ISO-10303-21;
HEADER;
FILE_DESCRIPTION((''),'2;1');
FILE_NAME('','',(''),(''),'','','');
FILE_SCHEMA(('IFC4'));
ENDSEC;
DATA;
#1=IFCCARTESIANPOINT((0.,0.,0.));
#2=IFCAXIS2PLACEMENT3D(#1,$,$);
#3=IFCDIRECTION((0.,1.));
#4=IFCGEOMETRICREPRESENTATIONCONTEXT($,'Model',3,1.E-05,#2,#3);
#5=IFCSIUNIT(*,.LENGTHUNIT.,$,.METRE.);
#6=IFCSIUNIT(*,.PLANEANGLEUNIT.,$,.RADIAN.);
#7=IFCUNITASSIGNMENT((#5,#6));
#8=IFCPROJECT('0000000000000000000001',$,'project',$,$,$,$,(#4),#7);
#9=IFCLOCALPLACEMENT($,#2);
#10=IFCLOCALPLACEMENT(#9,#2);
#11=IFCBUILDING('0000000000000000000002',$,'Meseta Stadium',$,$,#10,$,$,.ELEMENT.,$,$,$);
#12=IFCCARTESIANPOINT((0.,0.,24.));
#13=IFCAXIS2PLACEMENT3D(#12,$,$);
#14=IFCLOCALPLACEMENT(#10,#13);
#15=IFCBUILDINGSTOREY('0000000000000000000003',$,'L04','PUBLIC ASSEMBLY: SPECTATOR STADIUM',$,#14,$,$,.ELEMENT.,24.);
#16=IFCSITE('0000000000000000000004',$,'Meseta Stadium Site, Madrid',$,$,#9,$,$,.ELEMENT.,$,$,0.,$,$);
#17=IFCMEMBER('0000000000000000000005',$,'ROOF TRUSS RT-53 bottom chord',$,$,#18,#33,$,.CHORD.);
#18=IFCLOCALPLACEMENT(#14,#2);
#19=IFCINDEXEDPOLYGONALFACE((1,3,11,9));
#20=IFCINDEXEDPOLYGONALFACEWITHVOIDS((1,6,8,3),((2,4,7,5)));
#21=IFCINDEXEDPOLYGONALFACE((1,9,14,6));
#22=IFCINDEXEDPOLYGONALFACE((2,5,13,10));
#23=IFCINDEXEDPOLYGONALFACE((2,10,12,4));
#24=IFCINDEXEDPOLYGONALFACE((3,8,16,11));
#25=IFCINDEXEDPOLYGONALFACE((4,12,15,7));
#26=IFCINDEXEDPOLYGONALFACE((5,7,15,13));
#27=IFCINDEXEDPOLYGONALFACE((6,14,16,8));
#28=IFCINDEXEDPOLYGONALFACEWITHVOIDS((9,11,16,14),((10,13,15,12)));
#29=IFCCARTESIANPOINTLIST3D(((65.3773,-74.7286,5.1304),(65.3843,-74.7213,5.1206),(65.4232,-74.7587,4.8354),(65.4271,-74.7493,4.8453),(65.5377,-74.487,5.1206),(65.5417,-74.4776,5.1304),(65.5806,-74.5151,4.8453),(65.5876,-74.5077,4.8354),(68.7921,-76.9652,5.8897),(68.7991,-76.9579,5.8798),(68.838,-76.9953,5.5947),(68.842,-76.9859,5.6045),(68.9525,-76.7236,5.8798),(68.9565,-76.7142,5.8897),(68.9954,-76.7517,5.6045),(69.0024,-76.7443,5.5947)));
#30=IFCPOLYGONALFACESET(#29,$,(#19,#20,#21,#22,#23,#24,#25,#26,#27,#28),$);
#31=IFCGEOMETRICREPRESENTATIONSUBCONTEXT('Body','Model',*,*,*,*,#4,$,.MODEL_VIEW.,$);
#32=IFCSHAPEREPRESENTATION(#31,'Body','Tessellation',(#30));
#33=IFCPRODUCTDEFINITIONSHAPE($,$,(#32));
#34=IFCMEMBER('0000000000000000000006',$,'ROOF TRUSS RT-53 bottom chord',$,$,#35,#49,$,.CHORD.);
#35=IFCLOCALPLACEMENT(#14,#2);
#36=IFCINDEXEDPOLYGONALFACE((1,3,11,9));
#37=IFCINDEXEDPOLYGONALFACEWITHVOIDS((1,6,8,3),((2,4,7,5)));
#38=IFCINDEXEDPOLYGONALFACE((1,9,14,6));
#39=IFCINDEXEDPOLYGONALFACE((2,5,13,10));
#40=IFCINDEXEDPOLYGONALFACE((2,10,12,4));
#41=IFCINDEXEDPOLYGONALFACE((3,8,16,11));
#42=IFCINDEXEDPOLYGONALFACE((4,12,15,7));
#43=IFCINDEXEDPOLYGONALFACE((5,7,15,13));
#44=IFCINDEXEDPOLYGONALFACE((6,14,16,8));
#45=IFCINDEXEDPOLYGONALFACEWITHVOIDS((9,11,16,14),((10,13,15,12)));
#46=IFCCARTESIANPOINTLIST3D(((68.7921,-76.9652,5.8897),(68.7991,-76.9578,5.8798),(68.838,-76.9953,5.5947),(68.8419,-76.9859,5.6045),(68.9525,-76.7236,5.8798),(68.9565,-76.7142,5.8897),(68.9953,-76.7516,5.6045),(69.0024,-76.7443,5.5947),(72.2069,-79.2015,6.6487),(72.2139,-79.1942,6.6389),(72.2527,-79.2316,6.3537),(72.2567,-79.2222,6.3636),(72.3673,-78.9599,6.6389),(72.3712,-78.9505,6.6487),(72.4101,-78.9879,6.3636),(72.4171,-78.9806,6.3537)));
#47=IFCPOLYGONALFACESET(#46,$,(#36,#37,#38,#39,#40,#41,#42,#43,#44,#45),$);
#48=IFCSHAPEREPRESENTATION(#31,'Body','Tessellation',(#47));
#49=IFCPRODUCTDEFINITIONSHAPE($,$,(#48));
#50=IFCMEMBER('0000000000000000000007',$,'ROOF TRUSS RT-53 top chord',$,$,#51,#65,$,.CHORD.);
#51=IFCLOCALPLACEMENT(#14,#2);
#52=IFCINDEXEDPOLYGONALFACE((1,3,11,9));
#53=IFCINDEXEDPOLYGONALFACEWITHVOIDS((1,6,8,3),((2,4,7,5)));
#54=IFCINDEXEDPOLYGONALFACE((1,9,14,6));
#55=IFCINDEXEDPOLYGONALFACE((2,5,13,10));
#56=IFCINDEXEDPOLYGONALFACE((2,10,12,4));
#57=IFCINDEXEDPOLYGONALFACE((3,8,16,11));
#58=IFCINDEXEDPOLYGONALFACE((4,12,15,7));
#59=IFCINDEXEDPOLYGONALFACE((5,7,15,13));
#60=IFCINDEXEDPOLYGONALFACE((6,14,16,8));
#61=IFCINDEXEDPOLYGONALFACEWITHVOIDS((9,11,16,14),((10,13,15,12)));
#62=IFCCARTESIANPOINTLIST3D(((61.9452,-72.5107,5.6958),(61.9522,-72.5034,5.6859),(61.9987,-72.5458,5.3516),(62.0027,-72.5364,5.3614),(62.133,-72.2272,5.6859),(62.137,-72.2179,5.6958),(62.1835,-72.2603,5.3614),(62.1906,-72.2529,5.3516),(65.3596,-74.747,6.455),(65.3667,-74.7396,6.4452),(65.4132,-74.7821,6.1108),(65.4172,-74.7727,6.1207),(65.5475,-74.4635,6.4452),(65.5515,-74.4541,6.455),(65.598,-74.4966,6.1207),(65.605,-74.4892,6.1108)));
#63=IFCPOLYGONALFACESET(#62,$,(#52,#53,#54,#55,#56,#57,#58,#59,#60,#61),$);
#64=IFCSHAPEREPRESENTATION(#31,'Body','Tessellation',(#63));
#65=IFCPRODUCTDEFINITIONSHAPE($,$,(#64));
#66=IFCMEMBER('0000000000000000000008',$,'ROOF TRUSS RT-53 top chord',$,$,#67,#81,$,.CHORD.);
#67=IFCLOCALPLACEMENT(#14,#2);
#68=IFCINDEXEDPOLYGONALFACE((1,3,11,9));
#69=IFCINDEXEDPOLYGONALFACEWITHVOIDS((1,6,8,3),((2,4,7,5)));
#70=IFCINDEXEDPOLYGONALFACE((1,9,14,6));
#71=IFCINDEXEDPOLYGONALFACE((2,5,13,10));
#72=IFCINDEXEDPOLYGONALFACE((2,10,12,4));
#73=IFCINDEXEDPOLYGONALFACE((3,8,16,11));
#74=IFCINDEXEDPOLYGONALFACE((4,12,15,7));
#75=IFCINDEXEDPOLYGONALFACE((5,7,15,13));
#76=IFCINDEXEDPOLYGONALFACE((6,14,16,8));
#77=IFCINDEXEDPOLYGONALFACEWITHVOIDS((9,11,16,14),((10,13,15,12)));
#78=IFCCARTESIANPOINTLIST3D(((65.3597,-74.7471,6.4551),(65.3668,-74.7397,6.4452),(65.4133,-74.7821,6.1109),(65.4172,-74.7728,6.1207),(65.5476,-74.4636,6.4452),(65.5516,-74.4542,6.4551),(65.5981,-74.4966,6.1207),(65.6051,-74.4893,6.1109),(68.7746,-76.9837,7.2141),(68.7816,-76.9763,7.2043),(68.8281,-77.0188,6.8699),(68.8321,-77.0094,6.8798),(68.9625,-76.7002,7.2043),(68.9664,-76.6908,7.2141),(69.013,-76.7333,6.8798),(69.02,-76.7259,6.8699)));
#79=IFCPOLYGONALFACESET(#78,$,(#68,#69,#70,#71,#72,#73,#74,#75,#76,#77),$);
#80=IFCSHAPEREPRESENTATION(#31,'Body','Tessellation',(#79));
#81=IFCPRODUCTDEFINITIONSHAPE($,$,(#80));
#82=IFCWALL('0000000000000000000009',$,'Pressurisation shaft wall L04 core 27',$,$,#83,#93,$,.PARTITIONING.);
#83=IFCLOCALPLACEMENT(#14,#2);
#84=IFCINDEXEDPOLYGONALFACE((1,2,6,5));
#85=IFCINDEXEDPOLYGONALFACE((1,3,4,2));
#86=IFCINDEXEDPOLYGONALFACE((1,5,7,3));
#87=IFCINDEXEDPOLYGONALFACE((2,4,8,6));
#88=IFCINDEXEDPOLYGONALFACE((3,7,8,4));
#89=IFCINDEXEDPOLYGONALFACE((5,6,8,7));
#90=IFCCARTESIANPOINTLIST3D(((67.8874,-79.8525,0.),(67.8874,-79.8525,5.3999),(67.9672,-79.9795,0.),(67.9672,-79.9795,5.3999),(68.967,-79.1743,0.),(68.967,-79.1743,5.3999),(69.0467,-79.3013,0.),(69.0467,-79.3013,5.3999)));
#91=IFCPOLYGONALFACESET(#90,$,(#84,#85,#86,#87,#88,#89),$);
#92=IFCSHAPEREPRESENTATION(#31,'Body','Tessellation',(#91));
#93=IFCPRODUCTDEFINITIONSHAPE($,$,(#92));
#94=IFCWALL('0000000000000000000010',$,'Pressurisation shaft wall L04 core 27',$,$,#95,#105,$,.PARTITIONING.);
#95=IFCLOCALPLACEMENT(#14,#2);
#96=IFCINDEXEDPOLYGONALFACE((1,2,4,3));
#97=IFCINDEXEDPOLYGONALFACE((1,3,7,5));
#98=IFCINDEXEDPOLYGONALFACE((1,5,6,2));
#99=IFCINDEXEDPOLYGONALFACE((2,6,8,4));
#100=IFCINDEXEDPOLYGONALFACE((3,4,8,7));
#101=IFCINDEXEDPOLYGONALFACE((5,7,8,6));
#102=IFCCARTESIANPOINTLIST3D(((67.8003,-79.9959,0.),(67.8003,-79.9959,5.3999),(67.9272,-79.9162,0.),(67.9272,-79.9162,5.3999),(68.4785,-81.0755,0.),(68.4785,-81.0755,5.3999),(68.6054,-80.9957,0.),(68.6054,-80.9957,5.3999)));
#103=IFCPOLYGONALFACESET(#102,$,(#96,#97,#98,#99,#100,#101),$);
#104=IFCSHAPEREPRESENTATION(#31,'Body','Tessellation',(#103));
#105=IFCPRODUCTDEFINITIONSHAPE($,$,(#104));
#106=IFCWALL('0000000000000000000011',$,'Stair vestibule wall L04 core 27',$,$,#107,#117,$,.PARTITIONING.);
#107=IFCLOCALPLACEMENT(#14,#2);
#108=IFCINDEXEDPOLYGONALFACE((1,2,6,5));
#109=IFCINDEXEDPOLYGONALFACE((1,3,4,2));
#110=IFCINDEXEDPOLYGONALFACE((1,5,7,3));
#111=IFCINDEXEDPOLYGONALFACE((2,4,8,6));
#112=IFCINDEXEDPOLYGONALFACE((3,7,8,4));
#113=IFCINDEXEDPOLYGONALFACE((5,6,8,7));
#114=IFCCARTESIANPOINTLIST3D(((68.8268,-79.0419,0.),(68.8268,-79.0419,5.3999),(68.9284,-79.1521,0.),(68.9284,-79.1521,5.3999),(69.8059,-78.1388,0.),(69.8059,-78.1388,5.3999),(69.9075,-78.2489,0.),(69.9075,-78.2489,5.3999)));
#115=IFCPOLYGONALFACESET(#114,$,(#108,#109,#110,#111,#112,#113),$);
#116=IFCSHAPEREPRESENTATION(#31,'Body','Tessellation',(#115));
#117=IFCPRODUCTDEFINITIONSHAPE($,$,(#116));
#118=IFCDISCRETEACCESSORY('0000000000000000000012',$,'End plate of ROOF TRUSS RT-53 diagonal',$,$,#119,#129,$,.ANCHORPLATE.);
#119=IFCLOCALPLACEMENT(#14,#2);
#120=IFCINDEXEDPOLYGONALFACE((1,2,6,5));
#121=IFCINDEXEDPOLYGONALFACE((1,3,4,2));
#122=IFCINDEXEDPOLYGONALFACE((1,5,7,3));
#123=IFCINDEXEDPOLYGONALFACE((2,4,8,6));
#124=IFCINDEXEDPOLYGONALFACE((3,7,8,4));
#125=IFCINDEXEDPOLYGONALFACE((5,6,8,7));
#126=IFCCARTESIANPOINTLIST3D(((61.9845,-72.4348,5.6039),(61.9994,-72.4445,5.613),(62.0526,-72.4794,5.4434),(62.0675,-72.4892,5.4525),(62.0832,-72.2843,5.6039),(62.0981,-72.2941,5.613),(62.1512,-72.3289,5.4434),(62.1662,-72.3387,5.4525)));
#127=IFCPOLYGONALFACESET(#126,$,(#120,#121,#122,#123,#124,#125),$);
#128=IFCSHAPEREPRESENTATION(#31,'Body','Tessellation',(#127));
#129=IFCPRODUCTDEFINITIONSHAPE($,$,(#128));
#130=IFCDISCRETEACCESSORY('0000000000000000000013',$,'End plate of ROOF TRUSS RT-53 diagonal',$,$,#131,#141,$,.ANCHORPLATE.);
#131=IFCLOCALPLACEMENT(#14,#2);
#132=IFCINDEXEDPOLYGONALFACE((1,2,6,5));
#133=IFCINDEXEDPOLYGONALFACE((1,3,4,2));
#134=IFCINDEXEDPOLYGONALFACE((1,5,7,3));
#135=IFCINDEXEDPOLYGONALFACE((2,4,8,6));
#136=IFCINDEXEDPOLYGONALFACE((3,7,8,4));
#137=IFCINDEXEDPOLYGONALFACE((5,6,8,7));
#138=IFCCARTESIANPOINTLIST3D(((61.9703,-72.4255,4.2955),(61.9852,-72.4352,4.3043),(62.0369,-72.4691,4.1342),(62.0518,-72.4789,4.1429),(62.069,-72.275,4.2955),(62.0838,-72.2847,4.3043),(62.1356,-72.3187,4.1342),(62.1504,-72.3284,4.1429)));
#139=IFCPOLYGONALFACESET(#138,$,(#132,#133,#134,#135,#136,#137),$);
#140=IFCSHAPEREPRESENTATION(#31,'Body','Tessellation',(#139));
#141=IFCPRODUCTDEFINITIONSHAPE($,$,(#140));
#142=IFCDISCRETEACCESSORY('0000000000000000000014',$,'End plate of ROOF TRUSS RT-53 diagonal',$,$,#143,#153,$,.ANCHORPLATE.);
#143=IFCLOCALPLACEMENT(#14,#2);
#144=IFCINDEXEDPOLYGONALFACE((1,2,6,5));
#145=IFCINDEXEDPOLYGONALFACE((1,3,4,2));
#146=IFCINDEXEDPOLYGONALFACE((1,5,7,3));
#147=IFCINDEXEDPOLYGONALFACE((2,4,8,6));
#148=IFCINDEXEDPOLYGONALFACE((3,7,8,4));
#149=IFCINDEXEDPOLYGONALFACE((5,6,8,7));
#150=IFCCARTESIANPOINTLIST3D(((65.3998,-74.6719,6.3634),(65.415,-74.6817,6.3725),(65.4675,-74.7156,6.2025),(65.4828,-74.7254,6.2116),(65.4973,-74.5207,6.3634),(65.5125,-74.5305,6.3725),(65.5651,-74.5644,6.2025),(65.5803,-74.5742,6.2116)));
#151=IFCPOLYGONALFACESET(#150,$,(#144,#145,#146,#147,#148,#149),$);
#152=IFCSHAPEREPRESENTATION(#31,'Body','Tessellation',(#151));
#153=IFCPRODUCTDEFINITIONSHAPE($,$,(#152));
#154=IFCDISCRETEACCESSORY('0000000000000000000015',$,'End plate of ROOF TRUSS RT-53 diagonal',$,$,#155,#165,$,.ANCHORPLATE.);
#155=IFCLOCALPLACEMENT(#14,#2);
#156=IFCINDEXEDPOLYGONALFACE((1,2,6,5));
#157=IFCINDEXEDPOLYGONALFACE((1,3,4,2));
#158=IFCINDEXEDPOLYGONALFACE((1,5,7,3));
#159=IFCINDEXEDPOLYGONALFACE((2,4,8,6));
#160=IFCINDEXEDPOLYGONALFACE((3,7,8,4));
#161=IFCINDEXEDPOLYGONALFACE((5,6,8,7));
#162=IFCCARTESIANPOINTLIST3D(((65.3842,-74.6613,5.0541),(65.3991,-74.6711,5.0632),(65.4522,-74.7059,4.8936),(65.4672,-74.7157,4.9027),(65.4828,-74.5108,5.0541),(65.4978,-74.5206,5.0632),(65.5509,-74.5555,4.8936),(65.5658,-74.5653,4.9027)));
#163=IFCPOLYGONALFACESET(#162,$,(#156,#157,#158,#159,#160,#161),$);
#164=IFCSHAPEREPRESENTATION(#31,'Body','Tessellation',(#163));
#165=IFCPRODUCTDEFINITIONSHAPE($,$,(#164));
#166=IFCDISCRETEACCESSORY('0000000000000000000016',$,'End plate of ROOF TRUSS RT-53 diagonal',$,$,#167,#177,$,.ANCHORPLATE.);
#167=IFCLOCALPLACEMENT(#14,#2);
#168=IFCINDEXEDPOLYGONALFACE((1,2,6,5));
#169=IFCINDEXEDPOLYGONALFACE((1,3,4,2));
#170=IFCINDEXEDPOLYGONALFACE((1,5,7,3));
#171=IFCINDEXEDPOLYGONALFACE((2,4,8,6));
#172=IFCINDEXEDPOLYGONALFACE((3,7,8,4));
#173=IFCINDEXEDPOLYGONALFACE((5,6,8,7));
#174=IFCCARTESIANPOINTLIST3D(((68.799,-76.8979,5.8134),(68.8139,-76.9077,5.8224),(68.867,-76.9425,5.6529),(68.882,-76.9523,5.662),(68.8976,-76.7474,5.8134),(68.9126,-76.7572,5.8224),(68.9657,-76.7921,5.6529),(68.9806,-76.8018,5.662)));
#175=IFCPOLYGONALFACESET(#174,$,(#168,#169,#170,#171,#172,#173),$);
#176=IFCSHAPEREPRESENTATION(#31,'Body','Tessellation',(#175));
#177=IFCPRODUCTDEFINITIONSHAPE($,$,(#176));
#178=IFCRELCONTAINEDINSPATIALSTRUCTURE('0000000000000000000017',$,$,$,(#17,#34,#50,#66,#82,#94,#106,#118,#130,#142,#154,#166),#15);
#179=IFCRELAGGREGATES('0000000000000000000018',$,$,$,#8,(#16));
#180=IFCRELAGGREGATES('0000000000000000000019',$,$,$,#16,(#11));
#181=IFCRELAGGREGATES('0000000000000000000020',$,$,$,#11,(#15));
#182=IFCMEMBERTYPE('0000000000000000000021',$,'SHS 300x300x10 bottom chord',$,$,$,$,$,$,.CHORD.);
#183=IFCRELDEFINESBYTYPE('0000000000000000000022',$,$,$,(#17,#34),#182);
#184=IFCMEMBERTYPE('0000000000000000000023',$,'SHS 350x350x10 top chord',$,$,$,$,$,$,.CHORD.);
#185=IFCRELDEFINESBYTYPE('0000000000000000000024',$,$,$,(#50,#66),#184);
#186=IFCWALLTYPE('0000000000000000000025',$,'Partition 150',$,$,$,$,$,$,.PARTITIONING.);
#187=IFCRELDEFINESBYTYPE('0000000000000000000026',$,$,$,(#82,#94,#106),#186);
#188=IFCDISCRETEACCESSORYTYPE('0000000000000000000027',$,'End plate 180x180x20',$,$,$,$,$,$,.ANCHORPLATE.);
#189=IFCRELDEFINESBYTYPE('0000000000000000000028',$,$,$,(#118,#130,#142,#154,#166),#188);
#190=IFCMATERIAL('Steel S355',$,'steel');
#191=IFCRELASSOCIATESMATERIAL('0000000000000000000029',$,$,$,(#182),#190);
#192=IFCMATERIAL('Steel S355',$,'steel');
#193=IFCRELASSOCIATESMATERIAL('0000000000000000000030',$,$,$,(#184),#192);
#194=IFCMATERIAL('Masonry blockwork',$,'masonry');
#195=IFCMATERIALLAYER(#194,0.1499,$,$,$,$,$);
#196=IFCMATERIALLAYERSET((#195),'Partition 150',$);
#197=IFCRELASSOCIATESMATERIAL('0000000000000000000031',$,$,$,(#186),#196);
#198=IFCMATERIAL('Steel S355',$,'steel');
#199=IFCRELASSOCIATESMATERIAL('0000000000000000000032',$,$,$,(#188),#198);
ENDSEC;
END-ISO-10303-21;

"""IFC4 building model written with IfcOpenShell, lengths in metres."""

from ifc_helpers import new_model, si_unit, direction, frame, frame_2d, origin, origin_2d, place, context, subcontext, project, spatial, rectangle, hollow_rectangle, extrude, material, layer, layer_set, material_profile, profile_set, type_object, element, save


model = new_model("IFC4")

# Units and contexts
model_context = context("Model", 3, precision=1e-05, world=origin(), true_north=direction((0.0, 1.0)))
body_context = subcontext(model_context, "Body", "Model", "MODEL_VIEW")
ifc_project = project(units=[si_unit("LENGTHUNIT", "METRE"), si_unit("PLANEANGLEUNIT", "RADIAN")], contexts=[model_context])

# Site, building, storey
site_placement = place(None, origin())
site = spatial("IfcSite", under=ifc_project, at=site_placement, Name="Meseta Stadium Site, Madrid", CompositionType="ELEMENT", RefElevation=0.0)
building_placement = place(site_placement, origin())
building = spatial("IfcBuilding", under=site, at=building_placement, Name="Meseta Stadium", CompositionType="ELEMENT")
storey_placement = place(building_placement, frame((0.0, 0.0, 24.0)))
storey = spatial("IfcBuildingStorey", under=building, at=storey_placement, Name="L04", Description="PUBLIC ASSEMBLY: SPECTATOR STADIUM", CompositionType="ELEMENT", Elevation=24.0)

# Members
ifc_material_1 = material(Name="Steel S355", Category="steel")
ifc_material_profile_1 = material_profile(ifc_material_1, hollow_rectangle(XDim=0.3, YDim=0.3, WallThickness=0.01, at=origin_2d()), Name="SHS 300x300x10")
ifc_profile_set_1 = profile_set([ifc_material_profile_1], Name="Steel S355")
member_type_1 = type_object("IfcMemberType", Name="SHS 300x300x10 bottom chord", PredefinedType="CHORD", material=ifc_profile_set_1)
member_1_placement = place(storey_placement, frame((65.4824, -74.6182, 4.9829), z_axis=(0.822434, -0.538666, 0.182868), x_axis=(0.547905, 0.836541, 0.0)))
element("IfcMember", 1, at=member_1_placement, inside=storey, type_object=member_type_1, Name="ROOF TRUSS RT-53 bottom chord", PredefinedType="CHORD", context=body_context, shape_type="SweptSolid", body=[
    extrude(hollow_rectangle(XDim=0.3, YDim=0.3, WallThickness=0.01, at=origin_2d()), origin(), (0.0, 0.0, 1.0), 4.1521),
])
member_2_placement = place(storey_placement, frame((68.8972, -76.8547, 5.7422), z_axis=(0.822469, -0.53863, 0.182817), x_axis=(0.547863, 0.836568, 0.0)))
element("IfcMember", 2, at=member_2_placement, inside=storey, type_object=member_type_1, Name="ROOF TRUSS RT-53 bottom chord", PredefinedType="CHORD", context=body_context, shape_type="SweptSolid", body=[
    extrude(hollow_rectangle(XDim=0.3, YDim=0.3, WallThickness=0.01, at=origin_2d()), origin(), (0.0, 0.0, 1.0), 4.1519),
])
ifc_material_2 = material(Name="Steel S355", Category="steel")
ifc_material_profile_2 = material_profile(ifc_material_2, hollow_rectangle(XDim=0.3501, YDim=0.3501, WallThickness=0.01, at=origin_2d()), Name="SHS 350x350x10")
ifc_profile_set_2 = profile_set([ifc_material_profile_2], Name="Steel S355")
member_type_2 = type_object("IfcMemberType", Name="SHS 350x350x10 top chord", PredefinedType="CHORD", material=ifc_profile_set_2)
member_3_placement = place(storey_placement, frame((62.0679, -72.3818, 5.5237), z_axis=(0.822441, -0.53865, 0.182882), x_axis=(0.547891, 0.83655, 0.0)))
element("IfcMember", 3, at=member_3_placement, inside=storey, type_object=member_type_2, Name="ROOF TRUSS RT-53 top chord", PredefinedType="CHORD", context=body_context, shape_type="SweptSolid", body=[
    extrude(hollow_rectangle(XDim=0.3501, YDim=0.3501, WallThickness=0.01, at=origin_2d()), origin(), (0.0, 0.0, 1.0), 4.1516),
])
member_4_placement = place(storey_placement, frame((65.4824, -74.6182, 6.283), z_axis=(0.822443, -0.538672, 0.182811), x_axis=(0.547905, 0.836541, 0.0)))
element("IfcMember", 4, at=member_4_placement, inside=storey, type_object=member_type_2, Name="ROOF TRUSS RT-53 top chord", PredefinedType="CHORD", context=body_context, shape_type="SweptSolid", body=[
    extrude(hollow_rectangle(XDim=0.3501, YDim=0.3501, WallThickness=0.01, at=origin_2d()), origin(), (0.0, 0.0, 1.0), 4.1521),
])

# Walls
ifc_material_3 = material(Name="Masonry blockwork", Category="masonry")
ifc_layer = layer(ifc_material_3, 0.1499)
ifc_layer_set = layer_set([ifc_layer], Name="Partition 150")
wall_type = type_object("IfcWallType", Name="Partition 150", PredefinedType="PARTITIONING", material=ifc_layer_set)
for number, where, z_axis, x_axis, name in (
    (5, (69.0068, -79.2378, 0.0), (0.0, 0.0, 1.0), (-0.84677, -0.53196, 0.0), "Pressurisation shaft wall L04 core 27"),
    (6, (67.8638, -79.9561, 0.0), (0.0, 0.0, 1.0), (0.53196, -0.84677, 0.0), "Pressurisation shaft wall L04 core 27"),
):
    element("IfcWall", number, at=place(storey_placement, frame(where, z_axis=z_axis, x_axis=x_axis)), inside=storey, type_object=wall_type, Name=name, PredefinedType="PARTITIONING", context=body_context, shape_type="SweptSolid", body=[
        extrude(rectangle(XDim=1.2749, YDim=0.1499, at=frame_2d((0.6375, 0.0))), origin(), (0.0, 0.0, 1.0), 5.3999),
    ])
wall_placement = place(storey_placement, frame((69.8567, -78.1938, 0.0), z_axis=(0.0, 0.0, 1.0), x_axis=(-0.735035, -0.678029, 0.0)))
element("IfcWall", 7, at=wall_placement, inside=storey, type_object=wall_type, Name="Stair vestibule wall L04 core 27", PredefinedType="PARTITIONING", context=body_context, shape_type="SweptSolid", body=[
    extrude(rectangle(XDim=1.332, YDim=0.1499, at=frame_2d((0.666, 0.0))), origin(), (0.0, 0.0, 1.0), 5.3999),
])

# Discrete accessories
ifc_material_4 = material(Name="Steel S355", Category="steel")
ifc_material_profile_3 = material_profile(ifc_material_4, rectangle(XDim=0.1799, YDim=0.1799, at=origin_2d()), Name="PL 180x180")
ifc_profile_set_3 = profile_set([ifc_material_profile_3], Name="Steel S355")
discrete_accessory_type_1 = type_object("IfcDiscreteAccessoryType", Name="End plate 180x180x20", PredefinedType="ANCHORPLATE", material=ifc_profile_set_3)
discrete_accessory_1_placement = place(storey_placement, frame((62.0679, -72.3818, 5.5237), z_axis=(0.74579, -0.489043, 0.452365), x_axis=(0.548357, 0.836244, 0.0)))
element("IfcDiscreteAccessory", 8, at=discrete_accessory_1_placement, inside=storey, type_object=discrete_accessory_type_1, Name="End plate of ROOF TRUSS RT-53 diagonal", PredefinedType="ANCHORPLATE", context=body_context, shape_type="SweptSolid", body=[
    extrude(rectangle(XDim=0.1799, YDim=0.1799, at=origin_2d()), origin(), (0.0, 0.0, 1.0), 0.02),
])
discrete_accessory_2_placement = place(storey_placement, frame((62.053, -72.3721, 4.2148), z_axis=(0.749893, -0.491733, 0.44256), x_axis=(0.548357, 0.836244, 0.0)))
element("IfcDiscreteAccessory", 9, at=discrete_accessory_2_placement, inside=storey, type_object=discrete_accessory_type_1, Name="End plate of ROOF TRUSS RT-53 diagonal", PredefinedType="ANCHORPLATE", context=body_context, shape_type="SweptSolid", body=[
    extrude(rectangle(XDim=0.1799, YDim=0.1799, at=origin_2d()), origin(), (0.0, 0.0, 1.0), 0.0198),
])
discrete_accessory_3_placement = place(storey_placement, frame((65.4824, -74.6182, 6.283), z_axis=(0.751143, -0.484608, 0.448263), x_axis=(0.542127, 0.840297, 0.0)))
element("IfcDiscreteAccessory", 10, at=discrete_accessory_3_placement, inside=storey, type_object=discrete_accessory_type_1, Name="End plate of ROOF TRUSS RT-53 diagonal", PredefinedType="ANCHORPLATE", context=body_context, shape_type="SweptSolid", body=[
    extrude(rectangle(XDim=0.1799, YDim=0.1799, at=origin_2d()), origin(), (0.0, 0.0, 1.0), 0.0203),
])
for number, where, z_axis, x_axis, name in (
    (11, (65.4675, -74.6084, 4.9739), (0.74579, -0.489043, 0.452365), (0.548357, 0.836244, 0.0), "End plate of ROOF TRUSS RT-53 diagonal"),
    (12, (68.8823, -76.845, 5.7332), (0.74579, -0.489043, 0.452365), (0.548357, 0.836244, 0.0), "End plate of ROOF TRUSS RT-53 diagonal"),
):
    element("IfcDiscreteAccessory", number, at=place(storey_placement, frame(where, z_axis=z_axis, x_axis=x_axis)), inside=storey, type_object=discrete_accessory_type_1, Name=name, PredefinedType="ANCHORPLATE", context=body_context, shape_type="SweptSolid", body=[
        extrude(rectangle(XDim=0.1799, YDim=0.1799, at=origin_2d()), origin(), (0.0, 0.0, 1.0), 0.02),
    ])

save(model, "model.ifc")
